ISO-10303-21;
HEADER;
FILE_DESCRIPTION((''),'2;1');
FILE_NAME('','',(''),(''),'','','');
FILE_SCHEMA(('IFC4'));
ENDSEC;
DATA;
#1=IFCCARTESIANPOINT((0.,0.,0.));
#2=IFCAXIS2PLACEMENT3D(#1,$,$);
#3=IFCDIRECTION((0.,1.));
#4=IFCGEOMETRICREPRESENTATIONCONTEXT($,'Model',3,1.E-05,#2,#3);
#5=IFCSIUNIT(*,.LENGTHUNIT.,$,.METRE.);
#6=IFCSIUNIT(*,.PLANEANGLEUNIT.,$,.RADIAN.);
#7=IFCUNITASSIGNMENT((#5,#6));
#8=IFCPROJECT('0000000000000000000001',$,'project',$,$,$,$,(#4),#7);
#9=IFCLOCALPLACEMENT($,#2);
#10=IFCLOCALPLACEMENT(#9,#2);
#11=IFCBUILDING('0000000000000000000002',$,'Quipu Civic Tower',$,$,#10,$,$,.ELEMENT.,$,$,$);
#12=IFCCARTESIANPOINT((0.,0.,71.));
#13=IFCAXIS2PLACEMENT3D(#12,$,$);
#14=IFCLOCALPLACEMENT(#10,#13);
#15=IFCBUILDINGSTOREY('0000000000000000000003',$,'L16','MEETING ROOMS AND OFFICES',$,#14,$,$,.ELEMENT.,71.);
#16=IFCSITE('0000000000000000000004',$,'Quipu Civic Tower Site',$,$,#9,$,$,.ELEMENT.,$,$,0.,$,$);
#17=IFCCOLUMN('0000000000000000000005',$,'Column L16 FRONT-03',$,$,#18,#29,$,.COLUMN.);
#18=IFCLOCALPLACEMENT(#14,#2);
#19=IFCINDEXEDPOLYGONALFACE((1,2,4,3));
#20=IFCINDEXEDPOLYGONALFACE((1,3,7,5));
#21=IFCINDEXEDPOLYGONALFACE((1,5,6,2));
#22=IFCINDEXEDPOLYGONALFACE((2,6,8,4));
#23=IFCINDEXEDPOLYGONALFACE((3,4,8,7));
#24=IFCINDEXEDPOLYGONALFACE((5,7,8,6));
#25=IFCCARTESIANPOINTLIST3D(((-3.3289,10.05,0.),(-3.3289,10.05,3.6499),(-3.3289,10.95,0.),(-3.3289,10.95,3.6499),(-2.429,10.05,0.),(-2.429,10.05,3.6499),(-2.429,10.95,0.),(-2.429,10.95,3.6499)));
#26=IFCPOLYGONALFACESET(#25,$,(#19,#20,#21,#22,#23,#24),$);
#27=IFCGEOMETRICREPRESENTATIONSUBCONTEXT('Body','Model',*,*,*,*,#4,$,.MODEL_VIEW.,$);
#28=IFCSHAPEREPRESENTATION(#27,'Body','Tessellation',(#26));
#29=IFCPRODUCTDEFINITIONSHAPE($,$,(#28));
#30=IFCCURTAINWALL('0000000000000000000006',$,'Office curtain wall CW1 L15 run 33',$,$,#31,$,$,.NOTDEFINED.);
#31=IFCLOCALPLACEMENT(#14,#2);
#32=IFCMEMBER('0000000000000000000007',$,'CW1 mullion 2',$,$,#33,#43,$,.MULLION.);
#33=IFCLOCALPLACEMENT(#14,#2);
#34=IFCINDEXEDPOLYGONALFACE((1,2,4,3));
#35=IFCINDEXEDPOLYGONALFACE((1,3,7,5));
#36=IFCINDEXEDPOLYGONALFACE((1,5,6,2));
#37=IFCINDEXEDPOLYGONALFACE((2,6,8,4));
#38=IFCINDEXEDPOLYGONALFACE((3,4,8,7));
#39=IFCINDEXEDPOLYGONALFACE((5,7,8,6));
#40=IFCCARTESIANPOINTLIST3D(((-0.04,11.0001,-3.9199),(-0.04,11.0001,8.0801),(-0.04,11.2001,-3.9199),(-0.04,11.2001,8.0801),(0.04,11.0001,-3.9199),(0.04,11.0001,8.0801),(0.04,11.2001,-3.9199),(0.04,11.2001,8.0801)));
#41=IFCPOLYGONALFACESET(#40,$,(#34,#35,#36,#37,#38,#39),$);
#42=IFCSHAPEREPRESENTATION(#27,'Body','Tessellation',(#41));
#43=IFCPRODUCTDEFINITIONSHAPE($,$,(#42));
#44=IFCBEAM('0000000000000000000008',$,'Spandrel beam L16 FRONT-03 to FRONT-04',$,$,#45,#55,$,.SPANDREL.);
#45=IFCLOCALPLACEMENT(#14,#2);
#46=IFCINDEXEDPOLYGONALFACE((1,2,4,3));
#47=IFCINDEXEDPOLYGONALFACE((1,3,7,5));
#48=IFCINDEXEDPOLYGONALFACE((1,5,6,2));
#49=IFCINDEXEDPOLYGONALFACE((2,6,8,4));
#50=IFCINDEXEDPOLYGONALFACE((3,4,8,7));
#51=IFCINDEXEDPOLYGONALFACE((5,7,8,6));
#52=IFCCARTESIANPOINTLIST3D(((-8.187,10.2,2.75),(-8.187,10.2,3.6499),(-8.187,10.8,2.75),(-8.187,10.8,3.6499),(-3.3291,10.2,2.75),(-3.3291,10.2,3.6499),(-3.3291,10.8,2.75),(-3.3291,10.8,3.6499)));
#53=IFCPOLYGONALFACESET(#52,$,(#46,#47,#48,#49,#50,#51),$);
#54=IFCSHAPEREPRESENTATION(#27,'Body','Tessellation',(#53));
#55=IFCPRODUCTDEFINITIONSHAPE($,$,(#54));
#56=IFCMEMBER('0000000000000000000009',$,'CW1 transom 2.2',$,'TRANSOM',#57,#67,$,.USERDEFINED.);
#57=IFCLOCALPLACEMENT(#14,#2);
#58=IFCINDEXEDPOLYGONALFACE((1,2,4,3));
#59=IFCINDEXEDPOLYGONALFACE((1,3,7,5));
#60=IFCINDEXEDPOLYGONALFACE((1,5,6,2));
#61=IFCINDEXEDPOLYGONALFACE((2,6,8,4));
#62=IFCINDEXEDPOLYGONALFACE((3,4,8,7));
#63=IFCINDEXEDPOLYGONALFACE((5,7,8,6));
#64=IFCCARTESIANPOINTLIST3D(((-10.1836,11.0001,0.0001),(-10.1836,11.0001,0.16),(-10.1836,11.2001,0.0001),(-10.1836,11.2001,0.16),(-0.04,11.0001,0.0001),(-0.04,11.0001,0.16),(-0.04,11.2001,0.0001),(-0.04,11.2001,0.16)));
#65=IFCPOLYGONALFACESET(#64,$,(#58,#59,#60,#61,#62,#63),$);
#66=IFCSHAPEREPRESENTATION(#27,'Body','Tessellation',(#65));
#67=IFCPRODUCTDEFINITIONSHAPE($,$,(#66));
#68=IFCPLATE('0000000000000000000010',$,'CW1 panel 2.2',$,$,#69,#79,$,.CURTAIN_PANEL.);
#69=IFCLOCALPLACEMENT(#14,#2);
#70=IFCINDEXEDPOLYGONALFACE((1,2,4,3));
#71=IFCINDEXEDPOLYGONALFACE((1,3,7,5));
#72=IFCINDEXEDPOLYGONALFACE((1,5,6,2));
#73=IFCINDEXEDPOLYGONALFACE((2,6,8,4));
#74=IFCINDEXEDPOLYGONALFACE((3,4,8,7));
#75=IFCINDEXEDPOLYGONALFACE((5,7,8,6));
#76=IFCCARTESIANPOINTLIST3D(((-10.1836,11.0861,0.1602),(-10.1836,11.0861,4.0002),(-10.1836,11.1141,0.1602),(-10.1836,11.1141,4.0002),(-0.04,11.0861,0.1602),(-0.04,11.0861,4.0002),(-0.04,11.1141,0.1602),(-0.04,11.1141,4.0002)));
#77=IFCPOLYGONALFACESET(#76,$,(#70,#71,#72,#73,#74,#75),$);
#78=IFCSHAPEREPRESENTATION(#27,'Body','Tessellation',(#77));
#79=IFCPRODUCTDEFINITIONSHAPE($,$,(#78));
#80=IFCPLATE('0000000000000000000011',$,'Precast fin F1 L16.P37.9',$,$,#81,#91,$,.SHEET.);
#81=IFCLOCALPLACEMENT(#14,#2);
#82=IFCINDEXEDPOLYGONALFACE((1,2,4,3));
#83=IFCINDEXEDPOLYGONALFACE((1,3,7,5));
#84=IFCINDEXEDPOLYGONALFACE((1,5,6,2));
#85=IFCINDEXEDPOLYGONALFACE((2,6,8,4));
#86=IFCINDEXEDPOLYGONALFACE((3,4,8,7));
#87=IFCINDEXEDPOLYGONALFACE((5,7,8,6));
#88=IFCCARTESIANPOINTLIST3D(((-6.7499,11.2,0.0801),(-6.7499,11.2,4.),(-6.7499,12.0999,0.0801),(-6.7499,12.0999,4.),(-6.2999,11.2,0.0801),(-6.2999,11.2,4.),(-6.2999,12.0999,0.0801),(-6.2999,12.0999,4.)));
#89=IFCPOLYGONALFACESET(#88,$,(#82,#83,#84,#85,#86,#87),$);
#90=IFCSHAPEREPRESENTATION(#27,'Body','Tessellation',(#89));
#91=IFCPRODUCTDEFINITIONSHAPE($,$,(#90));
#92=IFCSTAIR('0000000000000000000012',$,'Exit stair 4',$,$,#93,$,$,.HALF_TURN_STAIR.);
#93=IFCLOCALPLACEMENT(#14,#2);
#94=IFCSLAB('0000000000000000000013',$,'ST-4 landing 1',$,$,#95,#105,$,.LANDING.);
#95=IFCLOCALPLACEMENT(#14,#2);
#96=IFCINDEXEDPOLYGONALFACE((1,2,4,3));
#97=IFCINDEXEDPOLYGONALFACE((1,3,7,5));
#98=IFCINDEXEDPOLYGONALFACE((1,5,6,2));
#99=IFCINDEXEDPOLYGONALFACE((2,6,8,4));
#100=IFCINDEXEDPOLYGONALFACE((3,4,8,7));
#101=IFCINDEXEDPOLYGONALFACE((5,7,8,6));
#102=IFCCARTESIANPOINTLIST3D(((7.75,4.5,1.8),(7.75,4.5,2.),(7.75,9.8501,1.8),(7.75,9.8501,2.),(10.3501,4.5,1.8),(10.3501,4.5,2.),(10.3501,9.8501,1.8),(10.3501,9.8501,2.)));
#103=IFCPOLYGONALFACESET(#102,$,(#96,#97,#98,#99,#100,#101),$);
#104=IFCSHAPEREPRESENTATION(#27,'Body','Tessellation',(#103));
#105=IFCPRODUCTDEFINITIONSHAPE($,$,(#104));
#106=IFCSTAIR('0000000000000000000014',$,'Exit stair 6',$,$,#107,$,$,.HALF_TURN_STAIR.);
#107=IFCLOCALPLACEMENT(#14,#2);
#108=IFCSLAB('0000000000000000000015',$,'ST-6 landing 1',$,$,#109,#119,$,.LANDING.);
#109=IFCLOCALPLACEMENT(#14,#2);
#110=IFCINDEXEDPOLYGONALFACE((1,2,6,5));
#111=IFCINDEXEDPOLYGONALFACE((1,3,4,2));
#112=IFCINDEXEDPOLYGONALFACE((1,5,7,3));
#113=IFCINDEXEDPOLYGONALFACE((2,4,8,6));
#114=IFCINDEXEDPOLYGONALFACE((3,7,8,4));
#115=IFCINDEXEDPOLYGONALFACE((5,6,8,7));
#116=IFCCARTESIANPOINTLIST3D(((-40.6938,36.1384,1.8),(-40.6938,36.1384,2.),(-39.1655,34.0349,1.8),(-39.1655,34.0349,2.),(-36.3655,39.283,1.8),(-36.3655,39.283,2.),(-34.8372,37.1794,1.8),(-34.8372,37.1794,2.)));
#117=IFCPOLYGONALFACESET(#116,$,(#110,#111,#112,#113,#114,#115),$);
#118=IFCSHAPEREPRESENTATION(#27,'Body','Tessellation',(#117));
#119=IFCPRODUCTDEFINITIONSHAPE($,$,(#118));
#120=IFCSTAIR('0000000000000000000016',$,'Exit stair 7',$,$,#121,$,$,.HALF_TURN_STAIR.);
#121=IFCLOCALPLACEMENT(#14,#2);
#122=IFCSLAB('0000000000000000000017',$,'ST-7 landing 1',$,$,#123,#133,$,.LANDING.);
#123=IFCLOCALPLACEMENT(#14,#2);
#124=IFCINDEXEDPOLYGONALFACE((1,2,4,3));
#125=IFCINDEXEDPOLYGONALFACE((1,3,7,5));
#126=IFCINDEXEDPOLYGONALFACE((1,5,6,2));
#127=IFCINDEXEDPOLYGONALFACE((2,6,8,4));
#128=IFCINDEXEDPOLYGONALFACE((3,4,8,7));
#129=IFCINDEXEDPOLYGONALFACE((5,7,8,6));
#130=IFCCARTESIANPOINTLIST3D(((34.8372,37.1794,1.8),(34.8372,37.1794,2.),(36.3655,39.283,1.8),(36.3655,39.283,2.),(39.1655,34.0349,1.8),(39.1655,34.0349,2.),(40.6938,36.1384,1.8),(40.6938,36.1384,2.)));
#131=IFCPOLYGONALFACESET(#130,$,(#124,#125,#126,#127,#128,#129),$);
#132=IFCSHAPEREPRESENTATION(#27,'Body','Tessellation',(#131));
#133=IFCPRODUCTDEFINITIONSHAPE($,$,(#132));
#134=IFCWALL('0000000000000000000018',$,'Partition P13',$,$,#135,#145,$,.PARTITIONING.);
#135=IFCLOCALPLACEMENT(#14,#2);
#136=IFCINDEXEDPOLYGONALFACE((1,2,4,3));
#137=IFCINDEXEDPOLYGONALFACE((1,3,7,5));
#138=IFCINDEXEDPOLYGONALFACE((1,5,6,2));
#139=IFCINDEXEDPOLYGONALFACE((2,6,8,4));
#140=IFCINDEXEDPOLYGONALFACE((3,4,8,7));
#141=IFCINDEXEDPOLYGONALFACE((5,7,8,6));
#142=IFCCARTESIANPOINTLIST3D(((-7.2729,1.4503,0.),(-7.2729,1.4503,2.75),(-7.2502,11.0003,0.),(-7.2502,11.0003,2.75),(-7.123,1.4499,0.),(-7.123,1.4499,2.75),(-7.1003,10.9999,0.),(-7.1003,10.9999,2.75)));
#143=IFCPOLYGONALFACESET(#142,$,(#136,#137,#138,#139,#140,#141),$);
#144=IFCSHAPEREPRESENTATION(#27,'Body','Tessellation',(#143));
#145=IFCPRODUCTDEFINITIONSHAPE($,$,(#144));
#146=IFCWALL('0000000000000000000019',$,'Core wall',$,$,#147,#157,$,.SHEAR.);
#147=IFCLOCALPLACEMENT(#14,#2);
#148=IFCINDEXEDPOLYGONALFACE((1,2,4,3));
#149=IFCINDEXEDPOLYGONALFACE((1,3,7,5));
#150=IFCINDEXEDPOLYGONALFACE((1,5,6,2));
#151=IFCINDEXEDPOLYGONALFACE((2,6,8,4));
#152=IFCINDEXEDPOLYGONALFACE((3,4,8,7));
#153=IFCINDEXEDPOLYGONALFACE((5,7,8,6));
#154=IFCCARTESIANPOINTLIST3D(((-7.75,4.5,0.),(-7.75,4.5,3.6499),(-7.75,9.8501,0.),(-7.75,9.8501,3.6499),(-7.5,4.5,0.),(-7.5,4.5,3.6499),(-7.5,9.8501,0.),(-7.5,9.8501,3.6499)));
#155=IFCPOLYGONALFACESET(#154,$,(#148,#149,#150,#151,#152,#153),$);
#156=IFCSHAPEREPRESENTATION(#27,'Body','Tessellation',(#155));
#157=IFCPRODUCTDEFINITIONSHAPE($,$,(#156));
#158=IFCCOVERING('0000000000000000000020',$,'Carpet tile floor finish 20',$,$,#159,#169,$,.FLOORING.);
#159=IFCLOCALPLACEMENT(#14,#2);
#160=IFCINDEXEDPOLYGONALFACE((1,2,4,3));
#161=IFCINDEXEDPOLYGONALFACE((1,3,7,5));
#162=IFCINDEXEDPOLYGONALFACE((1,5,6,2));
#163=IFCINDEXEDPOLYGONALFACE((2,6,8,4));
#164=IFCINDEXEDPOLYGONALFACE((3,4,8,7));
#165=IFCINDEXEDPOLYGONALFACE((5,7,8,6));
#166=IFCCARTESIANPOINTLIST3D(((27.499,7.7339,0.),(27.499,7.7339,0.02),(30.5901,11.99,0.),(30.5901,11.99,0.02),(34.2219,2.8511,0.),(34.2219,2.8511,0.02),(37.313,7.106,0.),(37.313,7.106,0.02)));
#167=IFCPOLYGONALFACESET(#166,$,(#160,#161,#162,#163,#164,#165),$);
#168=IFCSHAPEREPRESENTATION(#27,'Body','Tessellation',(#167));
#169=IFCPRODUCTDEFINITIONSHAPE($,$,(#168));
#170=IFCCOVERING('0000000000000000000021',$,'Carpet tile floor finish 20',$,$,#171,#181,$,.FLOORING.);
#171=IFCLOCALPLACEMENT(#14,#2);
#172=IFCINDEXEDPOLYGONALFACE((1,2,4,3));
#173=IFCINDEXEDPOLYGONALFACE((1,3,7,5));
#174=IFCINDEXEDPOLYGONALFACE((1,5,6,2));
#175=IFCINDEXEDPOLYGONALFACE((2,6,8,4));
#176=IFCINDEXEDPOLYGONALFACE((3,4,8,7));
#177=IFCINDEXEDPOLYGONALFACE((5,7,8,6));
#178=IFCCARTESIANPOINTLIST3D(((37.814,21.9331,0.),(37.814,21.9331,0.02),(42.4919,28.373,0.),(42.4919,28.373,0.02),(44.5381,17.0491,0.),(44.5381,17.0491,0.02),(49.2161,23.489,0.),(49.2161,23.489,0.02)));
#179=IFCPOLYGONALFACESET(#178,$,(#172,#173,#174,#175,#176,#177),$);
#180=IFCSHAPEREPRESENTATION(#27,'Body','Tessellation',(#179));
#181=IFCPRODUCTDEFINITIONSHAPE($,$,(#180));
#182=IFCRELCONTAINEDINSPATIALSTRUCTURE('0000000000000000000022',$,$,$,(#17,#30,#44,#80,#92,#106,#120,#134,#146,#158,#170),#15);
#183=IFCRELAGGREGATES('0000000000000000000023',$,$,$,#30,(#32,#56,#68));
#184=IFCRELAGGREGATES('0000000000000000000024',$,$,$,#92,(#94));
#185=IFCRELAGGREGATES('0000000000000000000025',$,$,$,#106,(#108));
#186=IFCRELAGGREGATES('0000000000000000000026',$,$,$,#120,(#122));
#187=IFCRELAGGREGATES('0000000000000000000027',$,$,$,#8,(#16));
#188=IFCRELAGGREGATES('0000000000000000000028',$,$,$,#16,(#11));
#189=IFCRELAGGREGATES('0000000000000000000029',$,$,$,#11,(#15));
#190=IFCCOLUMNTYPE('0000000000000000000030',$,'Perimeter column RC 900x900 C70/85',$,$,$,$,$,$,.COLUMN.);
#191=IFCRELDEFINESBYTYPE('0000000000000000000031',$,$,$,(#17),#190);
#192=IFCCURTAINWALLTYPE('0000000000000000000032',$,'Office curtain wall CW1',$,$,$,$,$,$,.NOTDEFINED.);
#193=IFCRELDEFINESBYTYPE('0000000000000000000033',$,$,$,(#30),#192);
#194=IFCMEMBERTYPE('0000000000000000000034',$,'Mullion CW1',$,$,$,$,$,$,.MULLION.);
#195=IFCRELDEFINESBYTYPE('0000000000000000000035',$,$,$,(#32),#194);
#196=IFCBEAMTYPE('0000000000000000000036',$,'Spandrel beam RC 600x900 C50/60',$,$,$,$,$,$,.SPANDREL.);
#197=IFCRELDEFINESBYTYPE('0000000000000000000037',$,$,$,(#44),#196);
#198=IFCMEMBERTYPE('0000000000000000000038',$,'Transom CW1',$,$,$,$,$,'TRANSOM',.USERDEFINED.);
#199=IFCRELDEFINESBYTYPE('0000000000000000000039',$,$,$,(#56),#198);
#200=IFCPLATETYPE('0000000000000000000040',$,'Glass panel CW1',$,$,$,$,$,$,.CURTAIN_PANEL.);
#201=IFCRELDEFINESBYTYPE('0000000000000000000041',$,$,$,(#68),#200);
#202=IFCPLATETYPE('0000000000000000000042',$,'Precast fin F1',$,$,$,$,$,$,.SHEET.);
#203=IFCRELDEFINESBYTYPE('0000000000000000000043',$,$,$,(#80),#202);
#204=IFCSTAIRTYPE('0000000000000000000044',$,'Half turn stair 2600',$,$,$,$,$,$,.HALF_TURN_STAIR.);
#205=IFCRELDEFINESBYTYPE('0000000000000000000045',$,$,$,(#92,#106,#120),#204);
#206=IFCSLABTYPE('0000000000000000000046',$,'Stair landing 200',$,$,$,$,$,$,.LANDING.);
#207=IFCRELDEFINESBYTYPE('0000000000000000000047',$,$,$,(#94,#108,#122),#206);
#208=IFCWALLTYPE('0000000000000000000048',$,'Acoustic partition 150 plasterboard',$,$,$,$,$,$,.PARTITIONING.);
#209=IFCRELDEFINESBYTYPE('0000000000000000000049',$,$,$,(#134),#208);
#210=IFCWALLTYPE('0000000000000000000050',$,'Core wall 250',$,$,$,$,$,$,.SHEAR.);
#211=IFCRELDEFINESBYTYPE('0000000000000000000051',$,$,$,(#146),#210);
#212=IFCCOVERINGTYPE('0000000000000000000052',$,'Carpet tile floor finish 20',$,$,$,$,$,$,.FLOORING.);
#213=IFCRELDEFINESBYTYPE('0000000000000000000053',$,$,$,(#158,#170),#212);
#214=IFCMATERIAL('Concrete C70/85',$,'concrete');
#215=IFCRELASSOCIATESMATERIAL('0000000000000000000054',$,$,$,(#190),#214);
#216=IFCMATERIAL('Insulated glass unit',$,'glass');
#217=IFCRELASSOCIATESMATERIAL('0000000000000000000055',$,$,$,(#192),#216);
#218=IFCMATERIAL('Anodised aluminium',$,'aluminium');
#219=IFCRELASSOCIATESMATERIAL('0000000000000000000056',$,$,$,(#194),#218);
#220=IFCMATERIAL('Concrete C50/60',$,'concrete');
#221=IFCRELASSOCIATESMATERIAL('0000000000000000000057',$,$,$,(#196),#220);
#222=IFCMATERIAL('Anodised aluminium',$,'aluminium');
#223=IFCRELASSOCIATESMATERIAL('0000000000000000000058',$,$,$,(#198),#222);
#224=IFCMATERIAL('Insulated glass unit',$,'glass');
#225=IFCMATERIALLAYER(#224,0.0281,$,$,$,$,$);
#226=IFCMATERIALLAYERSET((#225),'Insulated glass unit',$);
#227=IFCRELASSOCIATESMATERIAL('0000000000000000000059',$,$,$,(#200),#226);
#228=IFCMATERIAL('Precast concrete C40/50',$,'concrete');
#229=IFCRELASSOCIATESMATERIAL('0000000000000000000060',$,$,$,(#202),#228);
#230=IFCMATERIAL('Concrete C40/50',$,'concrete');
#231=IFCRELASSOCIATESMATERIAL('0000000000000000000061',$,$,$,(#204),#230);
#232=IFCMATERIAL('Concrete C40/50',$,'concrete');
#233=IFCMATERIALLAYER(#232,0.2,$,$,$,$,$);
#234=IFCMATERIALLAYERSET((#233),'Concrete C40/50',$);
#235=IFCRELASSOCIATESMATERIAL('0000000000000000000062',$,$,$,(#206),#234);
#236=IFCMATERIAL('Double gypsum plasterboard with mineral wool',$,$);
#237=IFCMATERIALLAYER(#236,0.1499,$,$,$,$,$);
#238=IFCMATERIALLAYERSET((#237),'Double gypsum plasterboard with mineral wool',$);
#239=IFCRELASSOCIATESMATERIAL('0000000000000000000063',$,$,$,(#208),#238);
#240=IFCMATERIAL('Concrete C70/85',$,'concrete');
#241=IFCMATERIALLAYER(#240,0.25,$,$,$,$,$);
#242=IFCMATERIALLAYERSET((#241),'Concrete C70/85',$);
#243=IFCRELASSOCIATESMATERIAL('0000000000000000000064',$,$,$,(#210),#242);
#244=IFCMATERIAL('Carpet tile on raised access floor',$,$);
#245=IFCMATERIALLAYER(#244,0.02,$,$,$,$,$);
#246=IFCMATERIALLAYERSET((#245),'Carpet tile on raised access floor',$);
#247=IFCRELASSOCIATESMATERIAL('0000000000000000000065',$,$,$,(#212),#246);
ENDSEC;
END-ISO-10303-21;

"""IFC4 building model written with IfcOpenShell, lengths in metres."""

from ifc_helpers import new_model, si_unit, direction, frame, frame_2d, origin, origin_2d, place, context, subcontext, project, spatial, polyline, rectangle, outline, extrude, material, layer, layer_set, material_profile, profile_set, type_object, element, aggregate, save


model = new_model("IFC4")

# Units and contexts
model_context = context("Model", 3, precision=1e-05, world=origin(), true_north=direction((0.0, 1.0)))
body_context = subcontext(model_context, "Body", "Model", "MODEL_VIEW")
ifc_project = project(units=[si_unit("LENGTHUNIT", "METRE"), si_unit("PLANEANGLEUNIT", "RADIAN")], contexts=[model_context])

# Site, building, storey
site_placement = place(None, origin())
site = spatial("IfcSite", under=ifc_project, at=site_placement, Name="Quipu Civic Tower Site", CompositionType="ELEMENT", RefElevation=0.0)
building_placement = place(site_placement, origin())
building = spatial("IfcBuilding", under=site, at=building_placement, Name="Quipu Civic Tower", CompositionType="ELEMENT")
storey_placement = place(building_placement, frame((0.0, 0.0, 71.0)))
storey = spatial("IfcBuildingStorey", under=building, at=storey_placement, Name="L16", Description="MEETING ROOMS AND OFFICES", CompositionType="ELEMENT", Elevation=71.0)

# Column
ifc_material_1 = material(Name="Concrete C70/85", Category="concrete")
ifc_material_profile_1 = material_profile(ifc_material_1, rectangle(XDim=0.8999, YDim=0.8999, at=origin_2d()), Name="RC900x900")
ifc_profile_set_1 = profile_set([ifc_material_profile_1], Name="Concrete C70/85")
column_type = type_object("IfcColumnType", Name="Perimeter column RC 900x900 C70/85", PredefinedType="COLUMN", material=ifc_profile_set_1)
column_placement = place(storey_placement, frame((-2.8789, 10.5, 0.0), z_axis=(0.0, 0.0, 1.0), x_axis=(-1.0, 0.0, 0.0)))
element("IfcColumn", 1, at=column_placement, inside=storey, type_object=column_type, Name="Column L16 FRONT-03", PredefinedType="COLUMN", context=body_context, shape_type="SweptSolid", body=[
    extrude(rectangle(XDim=0.8999, YDim=0.8999, at=origin_2d()), origin(), (0.0, 0.0, 1.0), 3.6499),
])

# Curtain wall, member
ifc_material_2 = material(Name="Insulated glass unit", Category="glass")
curtain_wall_type = type_object("IfcCurtainWallType", Name="Office curtain wall CW1", PredefinedType="NOTDEFINED", material=ifc_material_2)
curtain_wall_placement = place(storey_placement, origin())
curtain_wall = element("IfcCurtainWall", 2, at=curtain_wall_placement, inside=storey, type_object=curtain_wall_type, Name="Office curtain wall CW1 L15 run 33", PredefinedType="NOTDEFINED")
ifc_material_3 = material(Name="Anodised aluminium", Category="aluminium")
ifc_material_profile_2 = material_profile(ifc_material_3, rectangle(XDim=0.2, YDim=0.0801, at=origin_2d()), Name="RECT 200x80")
ifc_profile_set_2 = profile_set([ifc_material_profile_2], Name="Anodised aluminium")
member_type_1 = type_object("IfcMemberType", Name="Mullion CW1", PredefinedType="MULLION", material=ifc_profile_set_2)
member_1_placement = place(storey_placement, frame((0.0, 11.1001, -3.9199), z_axis=(0.0, 0.0, 1.0), x_axis=(0.0, -1.0, 0.0)))
member_1 = element("IfcMember", 3, at=member_1_placement, type_object=member_type_1, Name="CW1 mullion 2", PredefinedType="MULLION", context=body_context, shape_type="SweptSolid", body=[
    extrude(rectangle(XDim=0.2, YDim=0.0801, at=origin_2d()), origin(), (0.0, 0.0, 1.0), 12.0),
])

# Beam
ifc_material_4 = material(Name="Concrete C50/60", Category="concrete")
ifc_material_profile_3 = material_profile(ifc_material_4, rectangle(XDim=0.6001, YDim=0.8999, at=origin_2d()), Name="RC600x900")
ifc_profile_set_3 = profile_set([ifc_material_profile_3], Name="Concrete C50/60")
beam_type = type_object("IfcBeamType", Name="Spandrel beam RC 600x900 C50/60", PredefinedType="SPANDREL", material=ifc_profile_set_3)
beam_placement = place(storey_placement, frame((-3.3291, 10.5, 3.2), z_axis=(-1.0, 0.0, 0.0), x_axis=(0.0, -1.0, 0.0)))
element("IfcBeam", 4, at=beam_placement, inside=storey, type_object=beam_type, Name="Spandrel beam L16 FRONT-03 to FRONT-04", PredefinedType="SPANDREL", context=body_context, shape_type="SweptSolid", body=[
    extrude(rectangle(XDim=0.6001, YDim=0.8999, at=origin_2d()), origin(), (0.0, 0.0, 1.0), 4.8579),
])

# Member
ifc_material_5 = material(Name="Anodised aluminium", Category="aluminium")
ifc_material_profile_4 = material_profile(ifc_material_5, rectangle(XDim=0.2, YDim=0.1599, at=origin_2d()), Name="RECT 200x160")
ifc_profile_set_4 = profile_set([ifc_material_profile_4], Name="Anodised aluminium")
member_type_2 = type_object("IfcMemberType", Name="Transom CW1", ElementType="TRANSOM", PredefinedType="USERDEFINED", material=ifc_profile_set_4)
member_2_placement = place(storey_placement, frame((-0.04, 11.1001, 0.0801), z_axis=(-1.0, 0.0, 0.0), x_axis=(0.0, -1.0, 0.0)))
member_2 = element("IfcMember", 5, at=member_2_placement, type_object=member_type_2, Name="CW1 transom 2.2", ObjectType="TRANSOM", PredefinedType="USERDEFINED", context=body_context, shape_type="SweptSolid", body=[
    extrude(rectangle(XDim=0.2, YDim=0.1599, at=origin_2d()), origin(), (0.0, 0.0, 1.0), 10.1436),
])

# Plates
ifc_material_6 = material(Name="Insulated glass unit", Category="glass")
ifc_layer_1 = layer(ifc_material_6, 0.0281)
ifc_layer_set_1 = layer_set([ifc_layer_1], Name="Insulated glass unit")
plate_type_1 = type_object("IfcPlateType", Name="Glass panel CW1", PredefinedType="CURTAIN_PANEL", material=ifc_layer_set_1)
plate_1_placement = place(storey_placement, frame((-5.1118, 11.1001, 0.1602), z_axis=(0.0, 0.0, 1.0), x_axis=(-1.0, 0.0, 0.0)))
plate_1 = element("IfcPlate", 6, at=plate_1_placement, type_object=plate_type_1, Name="CW1 panel 2.2", PredefinedType="CURTAIN_PANEL", context=body_context, shape_type="SweptSolid", body=[
    extrude(rectangle(XDim=10.1436, YDim=0.0281, at=origin_2d()), origin(), (0.0, 0.0, 1.0), 3.8401),
])
aggregate(curtain_wall, [member_1, member_2, plate_1])
ifc_material_7 = material(Name="Precast concrete C40/50", Category="concrete")
plate_type_2 = type_object("IfcPlateType", Name="Precast fin F1", PredefinedType="SHEET", material=ifc_material_7)
plate_2_placement = place(storey_placement, frame((-6.5249, 11.6499, 0.0801), z_axis=(0.0, 0.0, 1.0), x_axis=(-1.0, 0.0, 0.0)))
element("IfcPlate", 7, at=plate_2_placement, inside=storey, type_object=plate_type_2, Name="Precast fin F1 L16.P37.9", PredefinedType="SHEET", context=body_context, shape_type="SweptSolid", body=[
    extrude(rectangle(XDim=0.45, YDim=0.8999, at=origin_2d()), origin(), (0.0, 0.0, 1.0), 3.9199),
])

# Stairs, slabs
ifc_material_8 = material(Name="Concrete C40/50", Category="concrete")
stair_type = type_object("IfcStairType", Name="Half turn stair 2600", PredefinedType="HALF_TURN_STAIR", material=ifc_material_8)
stair_1_placement = place(storey_placement, origin())
stair_1 = element("IfcStair", 8, at=stair_1_placement, inside=storey, type_object=stair_type, Name="Exit stair 4", PredefinedType="HALF_TURN_STAIR")
ifc_material_9 = material(Name="Concrete C40/50", Category="concrete")
ifc_layer_2 = layer(ifc_material_9, 0.2)
ifc_layer_set_2 = layer_set([ifc_layer_2], Name="Concrete C40/50")
slab_type = type_object("IfcSlabType", Name="Stair landing 200", PredefinedType="LANDING", material=ifc_layer_set_2)
slab_1_placement = place(storey_placement, frame((0.0, 0.0, 1.8)))
slab_1 = element("IfcSlab", 9, at=slab_1_placement, type_object=slab_type, Name="ST-4 landing 1", PredefinedType="LANDING", context=body_context, shape_type="SweptSolid", body=[
    extrude(outline(polyline([(10.3501, 9.8501), (7.75, 9.8501), (7.75, 4.5), (10.3501, 4.5), (10.3501, 9.8501)])), origin(), (0.0, 0.0, 1.0), 0.2),
])
aggregate(stair_1, [slab_1])
stair_2_placement = place(storey_placement, origin())
stair_2 = element("IfcStair", 10, at=stair_2_placement, inside=storey, type_object=stair_type, Name="Exit stair 6", PredefinedType="HALF_TURN_STAIR")
slab_2_placement = place(storey_placement, frame((0.0, 0.0, 1.8)))
slab_2 = element("IfcSlab", 11, at=slab_2_placement, type_object=slab_type, Name="ST-6 landing 1", PredefinedType="LANDING", context=body_context, shape_type="SweptSolid", body=[
    extrude(outline(polyline([(-34.8372, 37.1794), (-36.3655, 39.283), (-40.6938, 36.1384), (-39.1655, 34.0349), (-34.8372, 37.1794)])), origin(), (0.0, 0.0, 1.0), 0.2),
])
aggregate(stair_2, [slab_2])
stair_3_placement = place(storey_placement, origin())
stair_3 = element("IfcStair", 12, at=stair_3_placement, inside=storey, type_object=stair_type, Name="Exit stair 7", PredefinedType="HALF_TURN_STAIR")
slab_3_placement = place(storey_placement, frame((0.0, 0.0, 1.8)))
slab_3 = element("IfcSlab", 13, at=slab_3_placement, type_object=slab_type, Name="ST-7 landing 1", PredefinedType="LANDING", context=body_context, shape_type="SweptSolid", body=[
    extrude(outline(polyline([(39.1655, 34.0349), (40.6938, 36.1384), (36.3655, 39.283), (34.8372, 37.1794), (39.1655, 34.0349)])), origin(), (0.0, 0.0, 1.0), 0.2),
])
aggregate(stair_3, [slab_3])

# Walls
ifc_material_10 = material(Name="Double gypsum plasterboard with mineral wool")
ifc_layer_3 = layer(ifc_material_10, 0.1499)
ifc_layer_set_3 = layer_set([ifc_layer_3], Name="Double gypsum plasterboard with mineral wool")
wall_type_1 = type_object("IfcWallType", Name="Acoustic partition 150 plasterboard", PredefinedType="PARTITIONING", material=ifc_layer_set_3)
wall_1_placement = place(storey_placement, frame((-7.1753, 11.0, 0.0), z_axis=(0.0, 0.0, 1.0), x_axis=(-0.002377, -0.999997, 0.0)))
element("IfcWall", 14, at=wall_1_placement, inside=storey, type_object=wall_type_1, Name="Partition P13", PredefinedType="PARTITIONING", context=body_context, shape_type="SweptSolid", body=[
    extrude(rectangle(XDim=9.55, YDim=0.1499, at=frame_2d((4.7749, 0.0))), origin(), (0.0, 0.0, 1.0), 2.75),
])
ifc_material_11 = material(Name="Concrete C70/85", Category="concrete")
ifc_layer_4 = layer(ifc_material_11, 0.25)
ifc_layer_set_4 = layer_set([ifc_layer_4], Name="Concrete C70/85")
wall_type_2 = type_object("IfcWallType", Name="Core wall 250", PredefinedType="SHEAR", material=ifc_layer_set_4)
wall_2_placement = place(storey_placement, frame((-7.625, 4.5, 0.0), z_axis=(0.0, 0.0, 1.0), x_axis=(0.0, 1.0, 0.0)))
element("IfcWall", 15, at=wall_2_placement, inside=storey, type_object=wall_type_2, Name="Core wall", PredefinedType="SHEAR", context=body_context, shape_type="SweptSolid", body=[
    extrude(rectangle(XDim=5.3501, YDim=0.25, at=frame_2d((2.675, 0.0))), origin(), (0.0, 0.0, 1.0), 3.6499),
])

# Coverings
ifc_material_12 = material(Name="Carpet tile on raised access floor")
ifc_layer_5 = layer(ifc_material_12, 0.02)
ifc_layer_set_5 = layer_set([ifc_layer_5], Name="Carpet tile on raised access floor")
covering_type_1 = type_object("IfcCoveringType", Name="Carpet tile floor finish 20", PredefinedType="FLOORING", material=ifc_layer_set_5)
covering_1_placement = place(storey_placement, origin())
element("IfcCovering", 16, at=covering_1_placement, inside=storey, type_object=covering_type_1, Name="Carpet tile floor finish 20", PredefinedType="FLOORING", context=body_context, shape_type="SweptSolid", body=[
    extrude(outline(polyline([(27.499, 7.7339), (30.5901, 11.99), (37.313, 7.106), (34.2219, 2.8511), (27.499, 7.7339)])), origin(), (0.0, 0.0, 1.0), 0.02),
])
covering_2_placement = place(storey_placement, origin())
element("IfcCovering", 17, at=covering_2_placement, inside=storey, type_object=covering_type_1, Name="Carpet tile floor finish 20", PredefinedType="FLOORING", context=body_context, shape_type="SweptSolid", body=[
    extrude(outline(polyline([(37.814, 21.9331), (42.4919, 28.373), (49.2161, 23.489), (44.5381, 17.0491), (37.814, 21.9331)])), origin(), (0.0, 0.0, 1.0), 0.02),
])

save(model, "model.ifc")
